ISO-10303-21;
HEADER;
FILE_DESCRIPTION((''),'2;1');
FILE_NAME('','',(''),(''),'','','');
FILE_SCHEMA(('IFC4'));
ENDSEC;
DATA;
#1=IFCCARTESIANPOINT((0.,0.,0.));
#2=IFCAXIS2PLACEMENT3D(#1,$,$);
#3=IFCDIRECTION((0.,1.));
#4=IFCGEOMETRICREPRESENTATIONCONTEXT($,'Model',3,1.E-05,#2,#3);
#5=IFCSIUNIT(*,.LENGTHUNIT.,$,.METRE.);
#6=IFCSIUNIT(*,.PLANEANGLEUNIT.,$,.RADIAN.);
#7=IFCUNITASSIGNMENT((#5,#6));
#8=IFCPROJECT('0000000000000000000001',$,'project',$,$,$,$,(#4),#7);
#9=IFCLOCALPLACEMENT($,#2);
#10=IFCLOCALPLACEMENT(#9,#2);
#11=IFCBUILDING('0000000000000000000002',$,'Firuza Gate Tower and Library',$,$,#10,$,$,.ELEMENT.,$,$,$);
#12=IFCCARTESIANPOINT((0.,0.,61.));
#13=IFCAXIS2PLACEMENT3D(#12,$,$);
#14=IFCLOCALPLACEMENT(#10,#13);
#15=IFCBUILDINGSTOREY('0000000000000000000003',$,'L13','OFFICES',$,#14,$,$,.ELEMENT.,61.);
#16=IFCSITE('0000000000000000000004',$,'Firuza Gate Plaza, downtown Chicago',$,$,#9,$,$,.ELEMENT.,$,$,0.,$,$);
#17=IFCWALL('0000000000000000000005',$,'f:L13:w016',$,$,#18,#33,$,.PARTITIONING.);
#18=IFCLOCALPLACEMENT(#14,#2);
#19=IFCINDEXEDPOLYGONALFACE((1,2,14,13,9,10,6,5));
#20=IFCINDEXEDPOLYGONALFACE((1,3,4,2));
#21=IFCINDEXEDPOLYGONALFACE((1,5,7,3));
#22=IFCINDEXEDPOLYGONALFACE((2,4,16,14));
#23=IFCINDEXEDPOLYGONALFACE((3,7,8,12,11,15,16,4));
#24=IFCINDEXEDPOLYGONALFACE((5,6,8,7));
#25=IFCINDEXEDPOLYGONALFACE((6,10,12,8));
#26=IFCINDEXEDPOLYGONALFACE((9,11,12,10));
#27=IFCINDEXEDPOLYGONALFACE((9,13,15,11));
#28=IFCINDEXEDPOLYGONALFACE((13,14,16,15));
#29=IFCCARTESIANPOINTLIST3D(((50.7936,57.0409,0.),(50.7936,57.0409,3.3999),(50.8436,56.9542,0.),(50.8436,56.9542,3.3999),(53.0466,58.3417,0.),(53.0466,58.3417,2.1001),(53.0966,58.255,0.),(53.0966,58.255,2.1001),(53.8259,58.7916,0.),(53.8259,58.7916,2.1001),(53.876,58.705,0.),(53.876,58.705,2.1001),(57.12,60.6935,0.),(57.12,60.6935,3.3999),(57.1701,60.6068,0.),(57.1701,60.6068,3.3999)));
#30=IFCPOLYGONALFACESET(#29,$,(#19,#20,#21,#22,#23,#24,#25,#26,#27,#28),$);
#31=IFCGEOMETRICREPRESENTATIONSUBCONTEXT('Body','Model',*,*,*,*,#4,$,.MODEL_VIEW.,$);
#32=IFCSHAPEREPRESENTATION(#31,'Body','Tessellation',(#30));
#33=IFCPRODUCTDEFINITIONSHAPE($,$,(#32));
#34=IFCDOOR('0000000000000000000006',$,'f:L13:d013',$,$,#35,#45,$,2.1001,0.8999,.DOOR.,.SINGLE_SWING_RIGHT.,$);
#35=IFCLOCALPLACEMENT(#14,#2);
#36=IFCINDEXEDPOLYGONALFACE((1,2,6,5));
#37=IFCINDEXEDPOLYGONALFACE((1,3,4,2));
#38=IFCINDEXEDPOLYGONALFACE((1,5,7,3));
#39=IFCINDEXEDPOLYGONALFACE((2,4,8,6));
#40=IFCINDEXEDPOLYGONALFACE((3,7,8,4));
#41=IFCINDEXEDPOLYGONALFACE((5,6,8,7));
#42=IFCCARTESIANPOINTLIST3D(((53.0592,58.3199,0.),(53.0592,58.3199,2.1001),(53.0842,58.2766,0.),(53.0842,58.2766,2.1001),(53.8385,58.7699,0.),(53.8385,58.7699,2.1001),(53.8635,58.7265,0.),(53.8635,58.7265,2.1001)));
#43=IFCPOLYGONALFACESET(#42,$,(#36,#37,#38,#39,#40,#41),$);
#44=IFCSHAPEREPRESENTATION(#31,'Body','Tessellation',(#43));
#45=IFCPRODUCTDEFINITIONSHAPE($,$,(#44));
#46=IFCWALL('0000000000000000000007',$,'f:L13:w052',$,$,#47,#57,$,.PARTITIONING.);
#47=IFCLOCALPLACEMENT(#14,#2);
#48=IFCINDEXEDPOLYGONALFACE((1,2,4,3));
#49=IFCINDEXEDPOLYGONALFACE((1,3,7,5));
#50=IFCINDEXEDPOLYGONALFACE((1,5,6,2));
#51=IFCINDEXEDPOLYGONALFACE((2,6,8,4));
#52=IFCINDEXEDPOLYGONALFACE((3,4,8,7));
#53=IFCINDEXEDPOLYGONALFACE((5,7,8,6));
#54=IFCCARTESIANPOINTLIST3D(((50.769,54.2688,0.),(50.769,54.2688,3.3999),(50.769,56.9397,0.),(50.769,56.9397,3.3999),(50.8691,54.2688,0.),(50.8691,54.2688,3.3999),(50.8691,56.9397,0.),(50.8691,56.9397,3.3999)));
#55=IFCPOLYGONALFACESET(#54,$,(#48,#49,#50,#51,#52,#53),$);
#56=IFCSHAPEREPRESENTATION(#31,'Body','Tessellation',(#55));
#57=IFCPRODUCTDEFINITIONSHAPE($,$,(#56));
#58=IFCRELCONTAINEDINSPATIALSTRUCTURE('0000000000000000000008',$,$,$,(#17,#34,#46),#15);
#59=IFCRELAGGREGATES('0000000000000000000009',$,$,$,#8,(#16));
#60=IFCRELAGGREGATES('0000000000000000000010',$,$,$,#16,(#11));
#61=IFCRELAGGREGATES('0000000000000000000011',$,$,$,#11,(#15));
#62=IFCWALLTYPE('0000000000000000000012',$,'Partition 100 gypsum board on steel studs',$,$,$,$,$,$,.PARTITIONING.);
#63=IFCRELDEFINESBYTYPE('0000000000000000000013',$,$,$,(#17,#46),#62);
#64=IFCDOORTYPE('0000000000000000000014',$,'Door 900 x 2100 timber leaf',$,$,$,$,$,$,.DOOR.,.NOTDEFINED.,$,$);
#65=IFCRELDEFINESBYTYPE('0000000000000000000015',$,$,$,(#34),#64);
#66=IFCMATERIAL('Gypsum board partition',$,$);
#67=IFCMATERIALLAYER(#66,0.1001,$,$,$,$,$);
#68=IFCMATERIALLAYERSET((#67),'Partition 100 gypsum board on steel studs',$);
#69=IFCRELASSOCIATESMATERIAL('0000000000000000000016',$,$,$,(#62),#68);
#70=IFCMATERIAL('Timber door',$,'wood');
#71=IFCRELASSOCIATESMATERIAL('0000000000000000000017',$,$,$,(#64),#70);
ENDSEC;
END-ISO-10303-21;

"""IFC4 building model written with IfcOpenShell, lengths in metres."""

from ifc_helpers import new_model, si_unit, direction, frame, frame_2d, origin, place, context, subcontext, project, spatial, rectangle, extrude, material, layer, layer_set, type_object, element, fill, save


model = new_model("IFC4")

# Units and contexts
model_context = context("Model", 3, precision=1e-05, world=origin(), true_north=direction((0.0, 1.0)))
body_context = subcontext(model_context, "Body", "Model", "MODEL_VIEW")
ifc_project = project(units=[si_unit("LENGTHUNIT", "METRE"), si_unit("PLANEANGLEUNIT", "RADIAN")], contexts=[model_context])

# Site, building, storey
site_placement = place(None, origin())
site = spatial("IfcSite", under=ifc_project, at=site_placement, Name="Firuza Gate Plaza, downtown Chicago", CompositionType="ELEMENT", RefElevation=0.0)
building_placement = place(site_placement, origin())
building = spatial("IfcBuilding", under=site, at=building_placement, Name="Firuza Gate Tower and Library", CompositionType="ELEMENT")
storey_placement = place(building_placement, frame((0.0, 0.0, 61.0)))
storey = spatial("IfcBuildingStorey", under=building, at=storey_placement, Name="L13", Description="OFFICES", CompositionType="ELEMENT", Elevation=61.0)

# Wall, opening, door
ifc_material_1 = material(Name="Gypsum board partition")
ifc_layer_1 = layer(ifc_material_1, 0.1001)
ifc_layer_set_1 = layer_set([ifc_layer_1], Name="Partition 100 gypsum board on steel studs")
wall_type_1 = type_object("IfcWallType", Name="Partition 100 gypsum board on steel studs", PredefinedType="PARTITIONING", material=ifc_layer_set_1)
wall_1_placement = place(storey_placement, frame((50.8186, 56.9976, 0.0), z_axis=(0.0, 0.0, 1.0), x_axis=(0.866024, 0.500003, 0.0)))
wall_1 = element("IfcWall", 1, at=wall_1_placement, inside=storey, type_object=wall_type_1, Name="f:L13:w016", PredefinedType="PARTITIONING", context=body_context, shape_type="SweptSolid", body=[
    extrude(rectangle(XDim=7.3052, YDim=0.1001, at=frame_2d((3.6526, 0.0))), origin(), (0.0, 0.0, 1.0), 3.3999),
])
opening_placement = place(wall_1_placement, frame((2.6016, 0.0, 0.0)))
opening = element("IfcOpeningElement", 2, at=opening_placement, cuts=wall_1, PredefinedType="OPENING", context=body_context, shape_type="SweptSolid", body=[
    extrude(rectangle(XDim=0.8999, YDim=2.1001, at=frame_2d((0.45, 1.05))), frame((0.0, 0.0601, 0.0), z_axis=(0.0, -1.0, 0.0), x_axis=(1.0, 0.0, 0.0)), (0.0, 0.0, 1.0), 0.1201),
])
ifc_material_2 = material(Name="Timber door", Category="wood")
door_type = type_object("IfcDoorType", Name="Door 900 x 2100 timber leaf", OperationType="NOTDEFINED", PredefinedType="DOOR", material=ifc_material_2)
door_placement = place(opening_placement, origin())
door = element("IfcDoor", 3, at=door_placement, inside=storey, type_object=door_type, Name="f:L13:d013", OperationType="SINGLE_SWING_RIGHT", OverallHeight=2.1001, OverallWidth=0.8999, PredefinedType="DOOR", context=body_context, shape_type="SweptSolid", body=[
    extrude(rectangle(XDim=0.8999, YDim=2.1001, at=frame_2d((0.45, 1.05))), frame((0.0, 0.0249, 0.0), z_axis=(0.0, -1.0, 0.0), x_axis=(1.0, 0.0, 0.0)), (0.0, 0.0, 1.0), 0.05),
])
fill(opening, door)

# Wall
wall_2_placement = place(storey_placement, frame((50.8191, 54.2688, 0.0), z_axis=(0.0, 0.0, 1.0), x_axis=(0.0, 1.0, 0.0)))
element("IfcWall", 4, at=wall_2_placement, inside=storey, type_object=wall_type_1, Name="f:L13:w052", PredefinedType="PARTITIONING", context=body_context, shape_type="SweptSolid", body=[
    extrude(rectangle(XDim=2.6709, YDim=0.1001, at=frame_2d((1.3354, 0.0))), origin(), (0.0, 0.0, 1.0), 3.3999),
])

save(model, "model.ifc")
